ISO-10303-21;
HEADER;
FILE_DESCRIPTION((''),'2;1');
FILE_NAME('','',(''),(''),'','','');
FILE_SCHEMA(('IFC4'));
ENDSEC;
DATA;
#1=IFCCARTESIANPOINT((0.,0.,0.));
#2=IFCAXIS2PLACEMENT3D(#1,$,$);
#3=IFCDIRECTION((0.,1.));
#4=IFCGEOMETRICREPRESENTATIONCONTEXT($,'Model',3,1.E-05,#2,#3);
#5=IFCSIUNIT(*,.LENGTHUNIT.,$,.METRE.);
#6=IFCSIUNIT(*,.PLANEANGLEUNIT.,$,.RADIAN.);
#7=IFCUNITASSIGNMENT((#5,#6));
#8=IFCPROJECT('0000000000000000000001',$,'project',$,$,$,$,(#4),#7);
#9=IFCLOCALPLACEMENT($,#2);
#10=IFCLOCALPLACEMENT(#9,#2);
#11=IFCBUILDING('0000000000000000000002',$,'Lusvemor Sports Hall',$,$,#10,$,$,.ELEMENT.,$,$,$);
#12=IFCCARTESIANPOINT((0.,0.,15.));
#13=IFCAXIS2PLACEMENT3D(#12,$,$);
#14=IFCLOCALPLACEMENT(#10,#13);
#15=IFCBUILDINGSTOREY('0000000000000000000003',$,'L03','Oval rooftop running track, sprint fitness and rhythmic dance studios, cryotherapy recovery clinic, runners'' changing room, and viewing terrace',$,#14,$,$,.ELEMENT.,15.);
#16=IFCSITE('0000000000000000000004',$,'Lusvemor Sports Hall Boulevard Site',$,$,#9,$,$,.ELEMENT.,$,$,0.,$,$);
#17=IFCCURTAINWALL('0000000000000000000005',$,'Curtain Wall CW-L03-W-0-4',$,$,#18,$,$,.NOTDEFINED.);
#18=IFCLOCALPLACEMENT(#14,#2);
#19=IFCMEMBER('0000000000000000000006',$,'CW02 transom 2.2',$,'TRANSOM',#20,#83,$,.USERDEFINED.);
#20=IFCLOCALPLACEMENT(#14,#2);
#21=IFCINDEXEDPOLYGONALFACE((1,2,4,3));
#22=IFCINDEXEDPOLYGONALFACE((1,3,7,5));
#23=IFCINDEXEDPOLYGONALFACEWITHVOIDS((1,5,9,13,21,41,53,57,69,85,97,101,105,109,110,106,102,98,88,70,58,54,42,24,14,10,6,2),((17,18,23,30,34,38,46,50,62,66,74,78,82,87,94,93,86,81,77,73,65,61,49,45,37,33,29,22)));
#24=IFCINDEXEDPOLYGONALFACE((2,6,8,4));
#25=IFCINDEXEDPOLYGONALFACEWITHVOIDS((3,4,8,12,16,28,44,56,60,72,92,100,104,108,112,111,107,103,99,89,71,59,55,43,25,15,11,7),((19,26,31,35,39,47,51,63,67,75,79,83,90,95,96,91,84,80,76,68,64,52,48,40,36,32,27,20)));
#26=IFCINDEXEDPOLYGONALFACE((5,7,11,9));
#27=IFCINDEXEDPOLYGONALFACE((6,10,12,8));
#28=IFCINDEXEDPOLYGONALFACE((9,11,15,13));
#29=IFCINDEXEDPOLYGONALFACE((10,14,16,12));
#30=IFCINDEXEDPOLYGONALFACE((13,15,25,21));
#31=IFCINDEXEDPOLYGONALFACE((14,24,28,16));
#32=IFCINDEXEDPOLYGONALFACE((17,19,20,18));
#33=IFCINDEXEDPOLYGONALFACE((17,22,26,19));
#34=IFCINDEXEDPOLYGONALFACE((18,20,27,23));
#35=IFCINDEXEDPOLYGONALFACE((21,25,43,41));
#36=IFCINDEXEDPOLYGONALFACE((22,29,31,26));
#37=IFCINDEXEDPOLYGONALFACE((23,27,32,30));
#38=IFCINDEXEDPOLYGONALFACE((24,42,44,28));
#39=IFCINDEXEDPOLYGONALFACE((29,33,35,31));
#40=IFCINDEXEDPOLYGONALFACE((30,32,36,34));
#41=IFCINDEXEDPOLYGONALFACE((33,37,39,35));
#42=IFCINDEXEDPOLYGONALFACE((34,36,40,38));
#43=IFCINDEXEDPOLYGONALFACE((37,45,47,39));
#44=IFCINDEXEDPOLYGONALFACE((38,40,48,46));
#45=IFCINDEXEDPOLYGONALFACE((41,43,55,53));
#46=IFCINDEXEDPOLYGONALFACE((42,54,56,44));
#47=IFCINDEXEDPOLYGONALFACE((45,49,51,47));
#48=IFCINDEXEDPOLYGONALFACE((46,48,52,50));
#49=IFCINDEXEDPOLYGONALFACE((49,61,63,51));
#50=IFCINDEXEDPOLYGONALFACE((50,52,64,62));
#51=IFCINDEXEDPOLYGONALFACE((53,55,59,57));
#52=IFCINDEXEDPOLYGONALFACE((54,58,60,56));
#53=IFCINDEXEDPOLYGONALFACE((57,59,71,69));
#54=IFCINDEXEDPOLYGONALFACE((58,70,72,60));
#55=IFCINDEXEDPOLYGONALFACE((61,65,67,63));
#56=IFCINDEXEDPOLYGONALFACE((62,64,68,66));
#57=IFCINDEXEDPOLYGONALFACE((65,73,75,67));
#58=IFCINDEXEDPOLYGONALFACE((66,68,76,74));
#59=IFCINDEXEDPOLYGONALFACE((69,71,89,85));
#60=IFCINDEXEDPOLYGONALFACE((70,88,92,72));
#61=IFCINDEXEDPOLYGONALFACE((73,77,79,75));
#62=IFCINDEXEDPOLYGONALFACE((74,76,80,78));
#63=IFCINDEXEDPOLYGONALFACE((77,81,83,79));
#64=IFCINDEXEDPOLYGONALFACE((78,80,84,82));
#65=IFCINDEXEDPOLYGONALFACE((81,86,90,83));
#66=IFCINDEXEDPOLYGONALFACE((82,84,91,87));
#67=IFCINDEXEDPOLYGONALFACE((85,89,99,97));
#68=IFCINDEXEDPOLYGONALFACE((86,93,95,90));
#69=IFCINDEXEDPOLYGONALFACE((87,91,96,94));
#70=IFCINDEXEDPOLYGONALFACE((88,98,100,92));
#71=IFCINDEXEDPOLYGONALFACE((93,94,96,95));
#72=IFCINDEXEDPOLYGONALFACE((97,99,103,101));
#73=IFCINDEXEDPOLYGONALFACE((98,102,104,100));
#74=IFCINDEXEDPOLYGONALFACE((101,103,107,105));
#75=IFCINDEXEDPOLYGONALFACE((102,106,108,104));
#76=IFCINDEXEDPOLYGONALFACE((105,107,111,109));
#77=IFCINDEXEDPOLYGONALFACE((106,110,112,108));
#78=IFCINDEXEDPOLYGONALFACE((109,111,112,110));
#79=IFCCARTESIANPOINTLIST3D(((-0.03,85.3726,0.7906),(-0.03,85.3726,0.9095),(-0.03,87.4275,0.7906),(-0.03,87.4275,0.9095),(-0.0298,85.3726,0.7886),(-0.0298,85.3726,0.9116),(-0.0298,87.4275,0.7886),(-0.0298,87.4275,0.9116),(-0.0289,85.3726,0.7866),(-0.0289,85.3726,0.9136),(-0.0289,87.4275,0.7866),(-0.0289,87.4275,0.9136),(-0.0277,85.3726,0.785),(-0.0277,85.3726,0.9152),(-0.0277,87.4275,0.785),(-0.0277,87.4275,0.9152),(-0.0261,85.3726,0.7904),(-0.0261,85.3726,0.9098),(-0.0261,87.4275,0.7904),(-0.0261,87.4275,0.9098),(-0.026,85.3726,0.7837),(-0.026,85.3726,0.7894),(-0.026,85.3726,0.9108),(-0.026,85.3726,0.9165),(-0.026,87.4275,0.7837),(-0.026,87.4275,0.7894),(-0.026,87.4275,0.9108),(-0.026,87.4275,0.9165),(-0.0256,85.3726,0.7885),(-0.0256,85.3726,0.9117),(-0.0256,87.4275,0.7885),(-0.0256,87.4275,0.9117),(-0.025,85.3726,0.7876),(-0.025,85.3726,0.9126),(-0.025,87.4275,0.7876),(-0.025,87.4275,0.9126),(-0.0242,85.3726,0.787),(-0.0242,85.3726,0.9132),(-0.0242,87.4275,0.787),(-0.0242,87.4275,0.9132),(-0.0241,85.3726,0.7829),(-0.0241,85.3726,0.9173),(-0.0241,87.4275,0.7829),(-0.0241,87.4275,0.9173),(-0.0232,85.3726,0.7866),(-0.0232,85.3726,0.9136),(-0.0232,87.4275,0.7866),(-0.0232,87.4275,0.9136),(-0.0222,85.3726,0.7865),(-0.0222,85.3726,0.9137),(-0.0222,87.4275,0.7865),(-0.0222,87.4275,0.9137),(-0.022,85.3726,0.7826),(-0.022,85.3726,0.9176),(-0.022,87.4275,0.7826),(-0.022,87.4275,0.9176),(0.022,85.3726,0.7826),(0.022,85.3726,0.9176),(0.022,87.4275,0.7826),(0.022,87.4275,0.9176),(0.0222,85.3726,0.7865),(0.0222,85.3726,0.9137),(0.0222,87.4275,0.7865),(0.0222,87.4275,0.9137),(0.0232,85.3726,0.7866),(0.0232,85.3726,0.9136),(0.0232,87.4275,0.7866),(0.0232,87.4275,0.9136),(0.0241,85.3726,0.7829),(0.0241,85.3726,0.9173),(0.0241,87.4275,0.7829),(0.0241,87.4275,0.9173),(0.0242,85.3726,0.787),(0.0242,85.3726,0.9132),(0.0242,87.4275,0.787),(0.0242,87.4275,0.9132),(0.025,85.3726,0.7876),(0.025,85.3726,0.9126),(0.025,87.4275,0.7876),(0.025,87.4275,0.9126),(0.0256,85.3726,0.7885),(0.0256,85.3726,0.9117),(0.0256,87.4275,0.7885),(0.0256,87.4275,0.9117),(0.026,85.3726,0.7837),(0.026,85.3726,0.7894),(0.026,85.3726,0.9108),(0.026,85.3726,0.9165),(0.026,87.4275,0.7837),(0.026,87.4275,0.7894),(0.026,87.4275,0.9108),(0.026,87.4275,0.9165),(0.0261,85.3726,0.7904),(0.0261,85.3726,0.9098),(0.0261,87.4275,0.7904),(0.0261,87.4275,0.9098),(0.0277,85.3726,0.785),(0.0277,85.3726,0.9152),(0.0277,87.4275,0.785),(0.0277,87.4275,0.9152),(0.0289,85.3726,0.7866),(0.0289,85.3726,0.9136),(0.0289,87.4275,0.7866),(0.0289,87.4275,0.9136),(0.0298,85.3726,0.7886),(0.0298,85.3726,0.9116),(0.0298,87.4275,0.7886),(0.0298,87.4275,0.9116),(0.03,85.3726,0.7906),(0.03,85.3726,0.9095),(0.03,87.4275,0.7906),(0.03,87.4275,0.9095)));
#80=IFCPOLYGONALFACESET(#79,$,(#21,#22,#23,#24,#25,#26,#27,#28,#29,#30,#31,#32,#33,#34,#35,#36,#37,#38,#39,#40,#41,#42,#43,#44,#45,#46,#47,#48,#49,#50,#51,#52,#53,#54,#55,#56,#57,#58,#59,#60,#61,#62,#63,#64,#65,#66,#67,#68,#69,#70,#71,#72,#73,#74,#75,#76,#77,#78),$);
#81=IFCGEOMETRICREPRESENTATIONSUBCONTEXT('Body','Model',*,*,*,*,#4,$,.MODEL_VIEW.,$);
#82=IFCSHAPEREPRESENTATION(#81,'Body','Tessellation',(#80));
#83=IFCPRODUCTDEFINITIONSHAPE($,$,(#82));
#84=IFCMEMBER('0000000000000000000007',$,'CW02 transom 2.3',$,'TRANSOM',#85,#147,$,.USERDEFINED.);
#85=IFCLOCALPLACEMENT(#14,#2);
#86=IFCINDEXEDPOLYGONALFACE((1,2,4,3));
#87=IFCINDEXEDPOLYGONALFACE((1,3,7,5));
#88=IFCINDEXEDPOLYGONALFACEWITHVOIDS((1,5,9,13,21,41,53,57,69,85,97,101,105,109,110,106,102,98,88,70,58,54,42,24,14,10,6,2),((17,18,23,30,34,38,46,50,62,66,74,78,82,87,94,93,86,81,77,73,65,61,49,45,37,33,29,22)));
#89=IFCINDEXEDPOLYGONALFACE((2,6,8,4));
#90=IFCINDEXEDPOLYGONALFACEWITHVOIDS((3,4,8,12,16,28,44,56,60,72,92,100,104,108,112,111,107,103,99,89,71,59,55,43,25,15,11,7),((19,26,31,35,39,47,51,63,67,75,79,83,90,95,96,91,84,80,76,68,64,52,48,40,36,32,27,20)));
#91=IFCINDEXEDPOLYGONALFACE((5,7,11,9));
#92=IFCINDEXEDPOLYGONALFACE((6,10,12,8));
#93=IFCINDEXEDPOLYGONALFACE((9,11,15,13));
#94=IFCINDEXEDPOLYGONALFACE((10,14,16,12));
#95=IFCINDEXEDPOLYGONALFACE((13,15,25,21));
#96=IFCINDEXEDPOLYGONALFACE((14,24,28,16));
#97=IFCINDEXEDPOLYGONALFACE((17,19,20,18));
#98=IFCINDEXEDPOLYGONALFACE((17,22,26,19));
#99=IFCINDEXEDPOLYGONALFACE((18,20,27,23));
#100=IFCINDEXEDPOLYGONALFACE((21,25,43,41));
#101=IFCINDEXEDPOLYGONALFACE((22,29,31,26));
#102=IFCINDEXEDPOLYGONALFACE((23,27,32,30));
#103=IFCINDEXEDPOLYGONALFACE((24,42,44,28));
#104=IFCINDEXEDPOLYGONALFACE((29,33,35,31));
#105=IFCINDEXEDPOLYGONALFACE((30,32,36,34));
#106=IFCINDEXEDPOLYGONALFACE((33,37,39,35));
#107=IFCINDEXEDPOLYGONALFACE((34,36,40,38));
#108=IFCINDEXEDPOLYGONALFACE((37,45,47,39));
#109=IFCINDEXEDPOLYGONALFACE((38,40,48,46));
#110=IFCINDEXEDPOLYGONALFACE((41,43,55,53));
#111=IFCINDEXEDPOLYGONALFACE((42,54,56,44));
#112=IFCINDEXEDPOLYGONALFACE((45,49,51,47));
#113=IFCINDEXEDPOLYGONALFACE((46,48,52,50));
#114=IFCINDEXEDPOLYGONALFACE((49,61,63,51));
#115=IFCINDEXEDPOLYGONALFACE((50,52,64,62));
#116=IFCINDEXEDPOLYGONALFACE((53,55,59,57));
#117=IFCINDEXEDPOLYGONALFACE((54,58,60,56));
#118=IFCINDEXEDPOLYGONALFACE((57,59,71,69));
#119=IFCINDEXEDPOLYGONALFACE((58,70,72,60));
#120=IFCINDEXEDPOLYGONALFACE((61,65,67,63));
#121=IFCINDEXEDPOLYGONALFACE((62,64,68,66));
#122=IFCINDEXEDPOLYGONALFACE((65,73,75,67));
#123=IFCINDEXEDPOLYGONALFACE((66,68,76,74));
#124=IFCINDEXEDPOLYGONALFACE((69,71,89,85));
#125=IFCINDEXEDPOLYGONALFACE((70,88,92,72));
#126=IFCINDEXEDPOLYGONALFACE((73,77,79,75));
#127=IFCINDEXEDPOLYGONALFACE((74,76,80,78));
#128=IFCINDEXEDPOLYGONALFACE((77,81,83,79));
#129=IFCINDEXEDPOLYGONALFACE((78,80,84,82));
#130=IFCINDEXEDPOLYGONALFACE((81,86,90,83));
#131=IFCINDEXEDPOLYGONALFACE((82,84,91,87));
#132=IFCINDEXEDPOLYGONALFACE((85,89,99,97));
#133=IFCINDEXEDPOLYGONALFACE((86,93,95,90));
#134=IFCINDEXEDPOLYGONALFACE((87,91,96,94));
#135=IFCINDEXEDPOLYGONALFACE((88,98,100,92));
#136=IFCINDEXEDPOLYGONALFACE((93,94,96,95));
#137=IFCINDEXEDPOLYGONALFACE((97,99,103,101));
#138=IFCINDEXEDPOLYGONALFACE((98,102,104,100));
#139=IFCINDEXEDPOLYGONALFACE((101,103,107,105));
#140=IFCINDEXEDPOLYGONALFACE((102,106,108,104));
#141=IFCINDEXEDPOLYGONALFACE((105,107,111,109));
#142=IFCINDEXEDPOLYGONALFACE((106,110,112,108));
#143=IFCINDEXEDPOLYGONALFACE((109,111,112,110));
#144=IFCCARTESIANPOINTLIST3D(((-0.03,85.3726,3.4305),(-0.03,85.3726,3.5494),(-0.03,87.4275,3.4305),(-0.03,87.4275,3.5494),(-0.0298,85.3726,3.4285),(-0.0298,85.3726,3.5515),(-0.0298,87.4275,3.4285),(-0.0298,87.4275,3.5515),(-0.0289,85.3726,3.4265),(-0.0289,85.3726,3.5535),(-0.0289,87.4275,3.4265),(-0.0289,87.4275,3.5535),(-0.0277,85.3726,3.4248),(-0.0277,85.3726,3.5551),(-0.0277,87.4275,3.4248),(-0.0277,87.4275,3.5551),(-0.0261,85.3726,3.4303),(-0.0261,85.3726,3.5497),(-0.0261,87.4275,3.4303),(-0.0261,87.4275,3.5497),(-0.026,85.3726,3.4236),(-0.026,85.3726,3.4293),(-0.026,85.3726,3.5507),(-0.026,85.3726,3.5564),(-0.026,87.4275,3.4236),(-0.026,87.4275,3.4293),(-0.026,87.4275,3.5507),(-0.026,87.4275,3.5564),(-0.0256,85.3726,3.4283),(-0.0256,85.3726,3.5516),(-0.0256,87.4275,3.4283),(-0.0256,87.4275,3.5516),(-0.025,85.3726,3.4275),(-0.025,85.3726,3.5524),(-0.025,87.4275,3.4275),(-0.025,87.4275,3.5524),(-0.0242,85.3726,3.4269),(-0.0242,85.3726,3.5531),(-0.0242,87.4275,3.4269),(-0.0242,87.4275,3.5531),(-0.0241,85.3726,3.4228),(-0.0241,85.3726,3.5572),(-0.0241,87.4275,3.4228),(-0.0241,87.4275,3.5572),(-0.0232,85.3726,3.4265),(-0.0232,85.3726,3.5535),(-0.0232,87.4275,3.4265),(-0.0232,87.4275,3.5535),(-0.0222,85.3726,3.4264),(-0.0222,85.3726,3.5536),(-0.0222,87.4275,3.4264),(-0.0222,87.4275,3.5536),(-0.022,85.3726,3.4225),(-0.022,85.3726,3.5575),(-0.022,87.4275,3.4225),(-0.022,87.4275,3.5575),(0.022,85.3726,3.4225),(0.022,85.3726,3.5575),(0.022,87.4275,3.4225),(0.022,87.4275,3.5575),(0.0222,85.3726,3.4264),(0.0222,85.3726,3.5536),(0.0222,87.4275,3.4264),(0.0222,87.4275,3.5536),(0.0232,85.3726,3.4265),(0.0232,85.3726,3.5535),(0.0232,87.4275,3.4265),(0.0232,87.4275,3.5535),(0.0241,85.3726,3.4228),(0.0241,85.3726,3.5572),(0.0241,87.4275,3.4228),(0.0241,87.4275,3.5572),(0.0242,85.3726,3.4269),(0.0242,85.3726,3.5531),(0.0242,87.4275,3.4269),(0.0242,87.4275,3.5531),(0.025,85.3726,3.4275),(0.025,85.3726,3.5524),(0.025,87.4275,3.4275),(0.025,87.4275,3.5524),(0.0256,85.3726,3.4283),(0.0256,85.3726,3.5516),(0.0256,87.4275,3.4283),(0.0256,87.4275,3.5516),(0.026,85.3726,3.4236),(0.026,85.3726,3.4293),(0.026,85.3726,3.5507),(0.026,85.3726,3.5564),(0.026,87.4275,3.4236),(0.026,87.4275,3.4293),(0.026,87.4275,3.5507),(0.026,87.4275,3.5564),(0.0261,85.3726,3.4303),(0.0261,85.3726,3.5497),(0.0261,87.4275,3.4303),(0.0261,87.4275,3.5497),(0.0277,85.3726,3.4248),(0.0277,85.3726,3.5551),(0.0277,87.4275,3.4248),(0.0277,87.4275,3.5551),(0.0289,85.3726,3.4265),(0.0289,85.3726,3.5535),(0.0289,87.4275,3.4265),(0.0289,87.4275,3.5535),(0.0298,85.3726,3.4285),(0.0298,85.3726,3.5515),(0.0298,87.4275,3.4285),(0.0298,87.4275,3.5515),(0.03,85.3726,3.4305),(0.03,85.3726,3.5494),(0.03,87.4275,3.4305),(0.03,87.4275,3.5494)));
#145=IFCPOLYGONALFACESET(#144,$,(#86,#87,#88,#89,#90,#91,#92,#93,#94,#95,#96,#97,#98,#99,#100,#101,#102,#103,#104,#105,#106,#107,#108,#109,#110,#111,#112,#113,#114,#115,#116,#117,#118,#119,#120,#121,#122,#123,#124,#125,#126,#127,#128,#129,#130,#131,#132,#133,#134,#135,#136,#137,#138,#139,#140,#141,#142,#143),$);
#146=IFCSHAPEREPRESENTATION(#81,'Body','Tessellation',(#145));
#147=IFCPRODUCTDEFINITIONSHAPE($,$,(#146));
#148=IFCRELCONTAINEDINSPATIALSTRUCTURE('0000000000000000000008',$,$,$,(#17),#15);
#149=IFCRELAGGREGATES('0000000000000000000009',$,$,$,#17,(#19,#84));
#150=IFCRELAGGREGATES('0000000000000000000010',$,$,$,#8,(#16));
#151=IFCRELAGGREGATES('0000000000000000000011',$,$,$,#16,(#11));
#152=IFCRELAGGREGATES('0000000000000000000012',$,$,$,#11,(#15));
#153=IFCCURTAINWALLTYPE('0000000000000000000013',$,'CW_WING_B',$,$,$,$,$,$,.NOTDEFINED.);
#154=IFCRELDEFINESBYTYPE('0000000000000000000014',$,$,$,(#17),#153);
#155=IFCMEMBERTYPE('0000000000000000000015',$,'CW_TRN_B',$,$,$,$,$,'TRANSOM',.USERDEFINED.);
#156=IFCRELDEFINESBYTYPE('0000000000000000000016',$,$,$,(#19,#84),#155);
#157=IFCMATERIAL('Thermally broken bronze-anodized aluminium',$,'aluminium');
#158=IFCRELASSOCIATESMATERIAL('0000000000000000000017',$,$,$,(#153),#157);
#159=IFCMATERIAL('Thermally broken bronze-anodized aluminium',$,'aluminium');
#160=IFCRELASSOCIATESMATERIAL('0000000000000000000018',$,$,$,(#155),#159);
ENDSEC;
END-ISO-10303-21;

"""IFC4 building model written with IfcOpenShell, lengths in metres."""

from ifc_helpers import new_model, si_unit, direction, frame, origin, origin_2d, place, context, subcontext, project, spatial, hollow_rectangle, extrude, material, material_profile, profile_set, type_object, element, aggregate, save


model = new_model("IFC4")

# Units and contexts
model_context = context("Model", 3, precision=1e-05, world=origin(), true_north=direction((0.0, 1.0)))
body_context = subcontext(model_context, "Body", "Model", "MODEL_VIEW")
ifc_project = project(units=[si_unit("LENGTHUNIT", "METRE"), si_unit("PLANEANGLEUNIT", "RADIAN")], contexts=[model_context])

# Site, building, storey
site_placement = place(None, origin())
site = spatial("IfcSite", under=ifc_project, at=site_placement, Name="Lusvemor Sports Hall Boulevard Site", CompositionType="ELEMENT", RefElevation=0.0)
building_placement = place(site_placement, origin())
building = spatial("IfcBuilding", under=site, at=building_placement, Name="Lusvemor Sports Hall", CompositionType="ELEMENT")
storey_placement = place(building_placement, frame((0.0, 0.0, 15.0)))
storey = spatial("IfcBuildingStorey", under=building, at=storey_placement, Name="L03", Description="Oval rooftop running track, sprint fitness and rhythmic dance studios, cryotherapy recovery clinic, runners' changing room, and viewing terrace", CompositionType="ELEMENT", Elevation=15.0)

# Curtain wall
ifc_material_1 = material(Name="Thermally broken bronze-anodized aluminium", Category="aluminium")
curtain_wall_type_1 = type_object("IfcCurtainWallType", Name="CW_WING_B", PredefinedType="NOTDEFINED", material=ifc_material_1)
curtain_wall_1_placement = place(storey_placement, origin())
curtain_wall_1 = element("IfcCurtainWall", 1, at=curtain_wall_1_placement, inside=storey, type_object=curtain_wall_type_1, Name="Curtain Wall CW-L03-W-0-4", PredefinedType="NOTDEFINED")

# Members
ifc_material_2 = material(Name="Thermally broken bronze-anodized aluminium", Category="aluminium")
ifc_material_profile_1 = material_profile(ifc_material_2, hollow_rectangle(XDim=0.0601, YDim=0.135, WallThickness=0.0039, InnerFilletRadius=0.0039, OuterFilletRadius=0.0081, at=origin_2d()), Name="CWTRN135x60x4")
ifc_profile_set_1 = profile_set([ifc_material_profile_1], Name="Thermally broken bronze-anodized aluminium")
member_type_1 = type_object("IfcMemberType", Name="CW_TRN_B", ElementType="TRANSOM", PredefinedType="USERDEFINED", material=ifc_profile_set_1)
member_1_placement = place(storey_placement, frame((0.0, 85.3726, 0.8501), z_axis=(0.0, 1.0, 0.0), x_axis=(-1.0, 0.0, 0.0)))
member_1 = element("IfcMember", 2, at=member_1_placement, type_object=member_type_1, Name="CW02 transom 2.2", ObjectType="TRANSOM", PredefinedType="USERDEFINED", context=body_context, shape_type="SweptSolid", body=[
    extrude(hollow_rectangle(XDim=0.0601, YDim=0.135, WallThickness=0.0039, InnerFilletRadius=0.0039, OuterFilletRadius=0.0081, at=origin_2d()), origin(), (0.0, 0.0, 1.0), 2.0549),
])
member_2_placement = place(storey_placement, frame((0.0, 85.3726, 3.49), z_axis=(0.0, 1.0, 0.0), x_axis=(-1.0, 0.0, 0.0)))
member_2 = element("IfcMember", 3, at=member_2_placement, type_object=member_type_1, Name="CW02 transom 2.3", ObjectType="TRANSOM", PredefinedType="USERDEFINED", context=body_context, shape_type="SweptSolid", body=[
    extrude(hollow_rectangle(XDim=0.0601, YDim=0.135, WallThickness=0.0039, InnerFilletRadius=0.0039, OuterFilletRadius=0.0081, at=origin_2d()), origin(), (0.0, 0.0, 1.0), 2.0549),
])

aggregate(curtain_wall_1, [member_1, member_2])

save(model, "model.ifc")
